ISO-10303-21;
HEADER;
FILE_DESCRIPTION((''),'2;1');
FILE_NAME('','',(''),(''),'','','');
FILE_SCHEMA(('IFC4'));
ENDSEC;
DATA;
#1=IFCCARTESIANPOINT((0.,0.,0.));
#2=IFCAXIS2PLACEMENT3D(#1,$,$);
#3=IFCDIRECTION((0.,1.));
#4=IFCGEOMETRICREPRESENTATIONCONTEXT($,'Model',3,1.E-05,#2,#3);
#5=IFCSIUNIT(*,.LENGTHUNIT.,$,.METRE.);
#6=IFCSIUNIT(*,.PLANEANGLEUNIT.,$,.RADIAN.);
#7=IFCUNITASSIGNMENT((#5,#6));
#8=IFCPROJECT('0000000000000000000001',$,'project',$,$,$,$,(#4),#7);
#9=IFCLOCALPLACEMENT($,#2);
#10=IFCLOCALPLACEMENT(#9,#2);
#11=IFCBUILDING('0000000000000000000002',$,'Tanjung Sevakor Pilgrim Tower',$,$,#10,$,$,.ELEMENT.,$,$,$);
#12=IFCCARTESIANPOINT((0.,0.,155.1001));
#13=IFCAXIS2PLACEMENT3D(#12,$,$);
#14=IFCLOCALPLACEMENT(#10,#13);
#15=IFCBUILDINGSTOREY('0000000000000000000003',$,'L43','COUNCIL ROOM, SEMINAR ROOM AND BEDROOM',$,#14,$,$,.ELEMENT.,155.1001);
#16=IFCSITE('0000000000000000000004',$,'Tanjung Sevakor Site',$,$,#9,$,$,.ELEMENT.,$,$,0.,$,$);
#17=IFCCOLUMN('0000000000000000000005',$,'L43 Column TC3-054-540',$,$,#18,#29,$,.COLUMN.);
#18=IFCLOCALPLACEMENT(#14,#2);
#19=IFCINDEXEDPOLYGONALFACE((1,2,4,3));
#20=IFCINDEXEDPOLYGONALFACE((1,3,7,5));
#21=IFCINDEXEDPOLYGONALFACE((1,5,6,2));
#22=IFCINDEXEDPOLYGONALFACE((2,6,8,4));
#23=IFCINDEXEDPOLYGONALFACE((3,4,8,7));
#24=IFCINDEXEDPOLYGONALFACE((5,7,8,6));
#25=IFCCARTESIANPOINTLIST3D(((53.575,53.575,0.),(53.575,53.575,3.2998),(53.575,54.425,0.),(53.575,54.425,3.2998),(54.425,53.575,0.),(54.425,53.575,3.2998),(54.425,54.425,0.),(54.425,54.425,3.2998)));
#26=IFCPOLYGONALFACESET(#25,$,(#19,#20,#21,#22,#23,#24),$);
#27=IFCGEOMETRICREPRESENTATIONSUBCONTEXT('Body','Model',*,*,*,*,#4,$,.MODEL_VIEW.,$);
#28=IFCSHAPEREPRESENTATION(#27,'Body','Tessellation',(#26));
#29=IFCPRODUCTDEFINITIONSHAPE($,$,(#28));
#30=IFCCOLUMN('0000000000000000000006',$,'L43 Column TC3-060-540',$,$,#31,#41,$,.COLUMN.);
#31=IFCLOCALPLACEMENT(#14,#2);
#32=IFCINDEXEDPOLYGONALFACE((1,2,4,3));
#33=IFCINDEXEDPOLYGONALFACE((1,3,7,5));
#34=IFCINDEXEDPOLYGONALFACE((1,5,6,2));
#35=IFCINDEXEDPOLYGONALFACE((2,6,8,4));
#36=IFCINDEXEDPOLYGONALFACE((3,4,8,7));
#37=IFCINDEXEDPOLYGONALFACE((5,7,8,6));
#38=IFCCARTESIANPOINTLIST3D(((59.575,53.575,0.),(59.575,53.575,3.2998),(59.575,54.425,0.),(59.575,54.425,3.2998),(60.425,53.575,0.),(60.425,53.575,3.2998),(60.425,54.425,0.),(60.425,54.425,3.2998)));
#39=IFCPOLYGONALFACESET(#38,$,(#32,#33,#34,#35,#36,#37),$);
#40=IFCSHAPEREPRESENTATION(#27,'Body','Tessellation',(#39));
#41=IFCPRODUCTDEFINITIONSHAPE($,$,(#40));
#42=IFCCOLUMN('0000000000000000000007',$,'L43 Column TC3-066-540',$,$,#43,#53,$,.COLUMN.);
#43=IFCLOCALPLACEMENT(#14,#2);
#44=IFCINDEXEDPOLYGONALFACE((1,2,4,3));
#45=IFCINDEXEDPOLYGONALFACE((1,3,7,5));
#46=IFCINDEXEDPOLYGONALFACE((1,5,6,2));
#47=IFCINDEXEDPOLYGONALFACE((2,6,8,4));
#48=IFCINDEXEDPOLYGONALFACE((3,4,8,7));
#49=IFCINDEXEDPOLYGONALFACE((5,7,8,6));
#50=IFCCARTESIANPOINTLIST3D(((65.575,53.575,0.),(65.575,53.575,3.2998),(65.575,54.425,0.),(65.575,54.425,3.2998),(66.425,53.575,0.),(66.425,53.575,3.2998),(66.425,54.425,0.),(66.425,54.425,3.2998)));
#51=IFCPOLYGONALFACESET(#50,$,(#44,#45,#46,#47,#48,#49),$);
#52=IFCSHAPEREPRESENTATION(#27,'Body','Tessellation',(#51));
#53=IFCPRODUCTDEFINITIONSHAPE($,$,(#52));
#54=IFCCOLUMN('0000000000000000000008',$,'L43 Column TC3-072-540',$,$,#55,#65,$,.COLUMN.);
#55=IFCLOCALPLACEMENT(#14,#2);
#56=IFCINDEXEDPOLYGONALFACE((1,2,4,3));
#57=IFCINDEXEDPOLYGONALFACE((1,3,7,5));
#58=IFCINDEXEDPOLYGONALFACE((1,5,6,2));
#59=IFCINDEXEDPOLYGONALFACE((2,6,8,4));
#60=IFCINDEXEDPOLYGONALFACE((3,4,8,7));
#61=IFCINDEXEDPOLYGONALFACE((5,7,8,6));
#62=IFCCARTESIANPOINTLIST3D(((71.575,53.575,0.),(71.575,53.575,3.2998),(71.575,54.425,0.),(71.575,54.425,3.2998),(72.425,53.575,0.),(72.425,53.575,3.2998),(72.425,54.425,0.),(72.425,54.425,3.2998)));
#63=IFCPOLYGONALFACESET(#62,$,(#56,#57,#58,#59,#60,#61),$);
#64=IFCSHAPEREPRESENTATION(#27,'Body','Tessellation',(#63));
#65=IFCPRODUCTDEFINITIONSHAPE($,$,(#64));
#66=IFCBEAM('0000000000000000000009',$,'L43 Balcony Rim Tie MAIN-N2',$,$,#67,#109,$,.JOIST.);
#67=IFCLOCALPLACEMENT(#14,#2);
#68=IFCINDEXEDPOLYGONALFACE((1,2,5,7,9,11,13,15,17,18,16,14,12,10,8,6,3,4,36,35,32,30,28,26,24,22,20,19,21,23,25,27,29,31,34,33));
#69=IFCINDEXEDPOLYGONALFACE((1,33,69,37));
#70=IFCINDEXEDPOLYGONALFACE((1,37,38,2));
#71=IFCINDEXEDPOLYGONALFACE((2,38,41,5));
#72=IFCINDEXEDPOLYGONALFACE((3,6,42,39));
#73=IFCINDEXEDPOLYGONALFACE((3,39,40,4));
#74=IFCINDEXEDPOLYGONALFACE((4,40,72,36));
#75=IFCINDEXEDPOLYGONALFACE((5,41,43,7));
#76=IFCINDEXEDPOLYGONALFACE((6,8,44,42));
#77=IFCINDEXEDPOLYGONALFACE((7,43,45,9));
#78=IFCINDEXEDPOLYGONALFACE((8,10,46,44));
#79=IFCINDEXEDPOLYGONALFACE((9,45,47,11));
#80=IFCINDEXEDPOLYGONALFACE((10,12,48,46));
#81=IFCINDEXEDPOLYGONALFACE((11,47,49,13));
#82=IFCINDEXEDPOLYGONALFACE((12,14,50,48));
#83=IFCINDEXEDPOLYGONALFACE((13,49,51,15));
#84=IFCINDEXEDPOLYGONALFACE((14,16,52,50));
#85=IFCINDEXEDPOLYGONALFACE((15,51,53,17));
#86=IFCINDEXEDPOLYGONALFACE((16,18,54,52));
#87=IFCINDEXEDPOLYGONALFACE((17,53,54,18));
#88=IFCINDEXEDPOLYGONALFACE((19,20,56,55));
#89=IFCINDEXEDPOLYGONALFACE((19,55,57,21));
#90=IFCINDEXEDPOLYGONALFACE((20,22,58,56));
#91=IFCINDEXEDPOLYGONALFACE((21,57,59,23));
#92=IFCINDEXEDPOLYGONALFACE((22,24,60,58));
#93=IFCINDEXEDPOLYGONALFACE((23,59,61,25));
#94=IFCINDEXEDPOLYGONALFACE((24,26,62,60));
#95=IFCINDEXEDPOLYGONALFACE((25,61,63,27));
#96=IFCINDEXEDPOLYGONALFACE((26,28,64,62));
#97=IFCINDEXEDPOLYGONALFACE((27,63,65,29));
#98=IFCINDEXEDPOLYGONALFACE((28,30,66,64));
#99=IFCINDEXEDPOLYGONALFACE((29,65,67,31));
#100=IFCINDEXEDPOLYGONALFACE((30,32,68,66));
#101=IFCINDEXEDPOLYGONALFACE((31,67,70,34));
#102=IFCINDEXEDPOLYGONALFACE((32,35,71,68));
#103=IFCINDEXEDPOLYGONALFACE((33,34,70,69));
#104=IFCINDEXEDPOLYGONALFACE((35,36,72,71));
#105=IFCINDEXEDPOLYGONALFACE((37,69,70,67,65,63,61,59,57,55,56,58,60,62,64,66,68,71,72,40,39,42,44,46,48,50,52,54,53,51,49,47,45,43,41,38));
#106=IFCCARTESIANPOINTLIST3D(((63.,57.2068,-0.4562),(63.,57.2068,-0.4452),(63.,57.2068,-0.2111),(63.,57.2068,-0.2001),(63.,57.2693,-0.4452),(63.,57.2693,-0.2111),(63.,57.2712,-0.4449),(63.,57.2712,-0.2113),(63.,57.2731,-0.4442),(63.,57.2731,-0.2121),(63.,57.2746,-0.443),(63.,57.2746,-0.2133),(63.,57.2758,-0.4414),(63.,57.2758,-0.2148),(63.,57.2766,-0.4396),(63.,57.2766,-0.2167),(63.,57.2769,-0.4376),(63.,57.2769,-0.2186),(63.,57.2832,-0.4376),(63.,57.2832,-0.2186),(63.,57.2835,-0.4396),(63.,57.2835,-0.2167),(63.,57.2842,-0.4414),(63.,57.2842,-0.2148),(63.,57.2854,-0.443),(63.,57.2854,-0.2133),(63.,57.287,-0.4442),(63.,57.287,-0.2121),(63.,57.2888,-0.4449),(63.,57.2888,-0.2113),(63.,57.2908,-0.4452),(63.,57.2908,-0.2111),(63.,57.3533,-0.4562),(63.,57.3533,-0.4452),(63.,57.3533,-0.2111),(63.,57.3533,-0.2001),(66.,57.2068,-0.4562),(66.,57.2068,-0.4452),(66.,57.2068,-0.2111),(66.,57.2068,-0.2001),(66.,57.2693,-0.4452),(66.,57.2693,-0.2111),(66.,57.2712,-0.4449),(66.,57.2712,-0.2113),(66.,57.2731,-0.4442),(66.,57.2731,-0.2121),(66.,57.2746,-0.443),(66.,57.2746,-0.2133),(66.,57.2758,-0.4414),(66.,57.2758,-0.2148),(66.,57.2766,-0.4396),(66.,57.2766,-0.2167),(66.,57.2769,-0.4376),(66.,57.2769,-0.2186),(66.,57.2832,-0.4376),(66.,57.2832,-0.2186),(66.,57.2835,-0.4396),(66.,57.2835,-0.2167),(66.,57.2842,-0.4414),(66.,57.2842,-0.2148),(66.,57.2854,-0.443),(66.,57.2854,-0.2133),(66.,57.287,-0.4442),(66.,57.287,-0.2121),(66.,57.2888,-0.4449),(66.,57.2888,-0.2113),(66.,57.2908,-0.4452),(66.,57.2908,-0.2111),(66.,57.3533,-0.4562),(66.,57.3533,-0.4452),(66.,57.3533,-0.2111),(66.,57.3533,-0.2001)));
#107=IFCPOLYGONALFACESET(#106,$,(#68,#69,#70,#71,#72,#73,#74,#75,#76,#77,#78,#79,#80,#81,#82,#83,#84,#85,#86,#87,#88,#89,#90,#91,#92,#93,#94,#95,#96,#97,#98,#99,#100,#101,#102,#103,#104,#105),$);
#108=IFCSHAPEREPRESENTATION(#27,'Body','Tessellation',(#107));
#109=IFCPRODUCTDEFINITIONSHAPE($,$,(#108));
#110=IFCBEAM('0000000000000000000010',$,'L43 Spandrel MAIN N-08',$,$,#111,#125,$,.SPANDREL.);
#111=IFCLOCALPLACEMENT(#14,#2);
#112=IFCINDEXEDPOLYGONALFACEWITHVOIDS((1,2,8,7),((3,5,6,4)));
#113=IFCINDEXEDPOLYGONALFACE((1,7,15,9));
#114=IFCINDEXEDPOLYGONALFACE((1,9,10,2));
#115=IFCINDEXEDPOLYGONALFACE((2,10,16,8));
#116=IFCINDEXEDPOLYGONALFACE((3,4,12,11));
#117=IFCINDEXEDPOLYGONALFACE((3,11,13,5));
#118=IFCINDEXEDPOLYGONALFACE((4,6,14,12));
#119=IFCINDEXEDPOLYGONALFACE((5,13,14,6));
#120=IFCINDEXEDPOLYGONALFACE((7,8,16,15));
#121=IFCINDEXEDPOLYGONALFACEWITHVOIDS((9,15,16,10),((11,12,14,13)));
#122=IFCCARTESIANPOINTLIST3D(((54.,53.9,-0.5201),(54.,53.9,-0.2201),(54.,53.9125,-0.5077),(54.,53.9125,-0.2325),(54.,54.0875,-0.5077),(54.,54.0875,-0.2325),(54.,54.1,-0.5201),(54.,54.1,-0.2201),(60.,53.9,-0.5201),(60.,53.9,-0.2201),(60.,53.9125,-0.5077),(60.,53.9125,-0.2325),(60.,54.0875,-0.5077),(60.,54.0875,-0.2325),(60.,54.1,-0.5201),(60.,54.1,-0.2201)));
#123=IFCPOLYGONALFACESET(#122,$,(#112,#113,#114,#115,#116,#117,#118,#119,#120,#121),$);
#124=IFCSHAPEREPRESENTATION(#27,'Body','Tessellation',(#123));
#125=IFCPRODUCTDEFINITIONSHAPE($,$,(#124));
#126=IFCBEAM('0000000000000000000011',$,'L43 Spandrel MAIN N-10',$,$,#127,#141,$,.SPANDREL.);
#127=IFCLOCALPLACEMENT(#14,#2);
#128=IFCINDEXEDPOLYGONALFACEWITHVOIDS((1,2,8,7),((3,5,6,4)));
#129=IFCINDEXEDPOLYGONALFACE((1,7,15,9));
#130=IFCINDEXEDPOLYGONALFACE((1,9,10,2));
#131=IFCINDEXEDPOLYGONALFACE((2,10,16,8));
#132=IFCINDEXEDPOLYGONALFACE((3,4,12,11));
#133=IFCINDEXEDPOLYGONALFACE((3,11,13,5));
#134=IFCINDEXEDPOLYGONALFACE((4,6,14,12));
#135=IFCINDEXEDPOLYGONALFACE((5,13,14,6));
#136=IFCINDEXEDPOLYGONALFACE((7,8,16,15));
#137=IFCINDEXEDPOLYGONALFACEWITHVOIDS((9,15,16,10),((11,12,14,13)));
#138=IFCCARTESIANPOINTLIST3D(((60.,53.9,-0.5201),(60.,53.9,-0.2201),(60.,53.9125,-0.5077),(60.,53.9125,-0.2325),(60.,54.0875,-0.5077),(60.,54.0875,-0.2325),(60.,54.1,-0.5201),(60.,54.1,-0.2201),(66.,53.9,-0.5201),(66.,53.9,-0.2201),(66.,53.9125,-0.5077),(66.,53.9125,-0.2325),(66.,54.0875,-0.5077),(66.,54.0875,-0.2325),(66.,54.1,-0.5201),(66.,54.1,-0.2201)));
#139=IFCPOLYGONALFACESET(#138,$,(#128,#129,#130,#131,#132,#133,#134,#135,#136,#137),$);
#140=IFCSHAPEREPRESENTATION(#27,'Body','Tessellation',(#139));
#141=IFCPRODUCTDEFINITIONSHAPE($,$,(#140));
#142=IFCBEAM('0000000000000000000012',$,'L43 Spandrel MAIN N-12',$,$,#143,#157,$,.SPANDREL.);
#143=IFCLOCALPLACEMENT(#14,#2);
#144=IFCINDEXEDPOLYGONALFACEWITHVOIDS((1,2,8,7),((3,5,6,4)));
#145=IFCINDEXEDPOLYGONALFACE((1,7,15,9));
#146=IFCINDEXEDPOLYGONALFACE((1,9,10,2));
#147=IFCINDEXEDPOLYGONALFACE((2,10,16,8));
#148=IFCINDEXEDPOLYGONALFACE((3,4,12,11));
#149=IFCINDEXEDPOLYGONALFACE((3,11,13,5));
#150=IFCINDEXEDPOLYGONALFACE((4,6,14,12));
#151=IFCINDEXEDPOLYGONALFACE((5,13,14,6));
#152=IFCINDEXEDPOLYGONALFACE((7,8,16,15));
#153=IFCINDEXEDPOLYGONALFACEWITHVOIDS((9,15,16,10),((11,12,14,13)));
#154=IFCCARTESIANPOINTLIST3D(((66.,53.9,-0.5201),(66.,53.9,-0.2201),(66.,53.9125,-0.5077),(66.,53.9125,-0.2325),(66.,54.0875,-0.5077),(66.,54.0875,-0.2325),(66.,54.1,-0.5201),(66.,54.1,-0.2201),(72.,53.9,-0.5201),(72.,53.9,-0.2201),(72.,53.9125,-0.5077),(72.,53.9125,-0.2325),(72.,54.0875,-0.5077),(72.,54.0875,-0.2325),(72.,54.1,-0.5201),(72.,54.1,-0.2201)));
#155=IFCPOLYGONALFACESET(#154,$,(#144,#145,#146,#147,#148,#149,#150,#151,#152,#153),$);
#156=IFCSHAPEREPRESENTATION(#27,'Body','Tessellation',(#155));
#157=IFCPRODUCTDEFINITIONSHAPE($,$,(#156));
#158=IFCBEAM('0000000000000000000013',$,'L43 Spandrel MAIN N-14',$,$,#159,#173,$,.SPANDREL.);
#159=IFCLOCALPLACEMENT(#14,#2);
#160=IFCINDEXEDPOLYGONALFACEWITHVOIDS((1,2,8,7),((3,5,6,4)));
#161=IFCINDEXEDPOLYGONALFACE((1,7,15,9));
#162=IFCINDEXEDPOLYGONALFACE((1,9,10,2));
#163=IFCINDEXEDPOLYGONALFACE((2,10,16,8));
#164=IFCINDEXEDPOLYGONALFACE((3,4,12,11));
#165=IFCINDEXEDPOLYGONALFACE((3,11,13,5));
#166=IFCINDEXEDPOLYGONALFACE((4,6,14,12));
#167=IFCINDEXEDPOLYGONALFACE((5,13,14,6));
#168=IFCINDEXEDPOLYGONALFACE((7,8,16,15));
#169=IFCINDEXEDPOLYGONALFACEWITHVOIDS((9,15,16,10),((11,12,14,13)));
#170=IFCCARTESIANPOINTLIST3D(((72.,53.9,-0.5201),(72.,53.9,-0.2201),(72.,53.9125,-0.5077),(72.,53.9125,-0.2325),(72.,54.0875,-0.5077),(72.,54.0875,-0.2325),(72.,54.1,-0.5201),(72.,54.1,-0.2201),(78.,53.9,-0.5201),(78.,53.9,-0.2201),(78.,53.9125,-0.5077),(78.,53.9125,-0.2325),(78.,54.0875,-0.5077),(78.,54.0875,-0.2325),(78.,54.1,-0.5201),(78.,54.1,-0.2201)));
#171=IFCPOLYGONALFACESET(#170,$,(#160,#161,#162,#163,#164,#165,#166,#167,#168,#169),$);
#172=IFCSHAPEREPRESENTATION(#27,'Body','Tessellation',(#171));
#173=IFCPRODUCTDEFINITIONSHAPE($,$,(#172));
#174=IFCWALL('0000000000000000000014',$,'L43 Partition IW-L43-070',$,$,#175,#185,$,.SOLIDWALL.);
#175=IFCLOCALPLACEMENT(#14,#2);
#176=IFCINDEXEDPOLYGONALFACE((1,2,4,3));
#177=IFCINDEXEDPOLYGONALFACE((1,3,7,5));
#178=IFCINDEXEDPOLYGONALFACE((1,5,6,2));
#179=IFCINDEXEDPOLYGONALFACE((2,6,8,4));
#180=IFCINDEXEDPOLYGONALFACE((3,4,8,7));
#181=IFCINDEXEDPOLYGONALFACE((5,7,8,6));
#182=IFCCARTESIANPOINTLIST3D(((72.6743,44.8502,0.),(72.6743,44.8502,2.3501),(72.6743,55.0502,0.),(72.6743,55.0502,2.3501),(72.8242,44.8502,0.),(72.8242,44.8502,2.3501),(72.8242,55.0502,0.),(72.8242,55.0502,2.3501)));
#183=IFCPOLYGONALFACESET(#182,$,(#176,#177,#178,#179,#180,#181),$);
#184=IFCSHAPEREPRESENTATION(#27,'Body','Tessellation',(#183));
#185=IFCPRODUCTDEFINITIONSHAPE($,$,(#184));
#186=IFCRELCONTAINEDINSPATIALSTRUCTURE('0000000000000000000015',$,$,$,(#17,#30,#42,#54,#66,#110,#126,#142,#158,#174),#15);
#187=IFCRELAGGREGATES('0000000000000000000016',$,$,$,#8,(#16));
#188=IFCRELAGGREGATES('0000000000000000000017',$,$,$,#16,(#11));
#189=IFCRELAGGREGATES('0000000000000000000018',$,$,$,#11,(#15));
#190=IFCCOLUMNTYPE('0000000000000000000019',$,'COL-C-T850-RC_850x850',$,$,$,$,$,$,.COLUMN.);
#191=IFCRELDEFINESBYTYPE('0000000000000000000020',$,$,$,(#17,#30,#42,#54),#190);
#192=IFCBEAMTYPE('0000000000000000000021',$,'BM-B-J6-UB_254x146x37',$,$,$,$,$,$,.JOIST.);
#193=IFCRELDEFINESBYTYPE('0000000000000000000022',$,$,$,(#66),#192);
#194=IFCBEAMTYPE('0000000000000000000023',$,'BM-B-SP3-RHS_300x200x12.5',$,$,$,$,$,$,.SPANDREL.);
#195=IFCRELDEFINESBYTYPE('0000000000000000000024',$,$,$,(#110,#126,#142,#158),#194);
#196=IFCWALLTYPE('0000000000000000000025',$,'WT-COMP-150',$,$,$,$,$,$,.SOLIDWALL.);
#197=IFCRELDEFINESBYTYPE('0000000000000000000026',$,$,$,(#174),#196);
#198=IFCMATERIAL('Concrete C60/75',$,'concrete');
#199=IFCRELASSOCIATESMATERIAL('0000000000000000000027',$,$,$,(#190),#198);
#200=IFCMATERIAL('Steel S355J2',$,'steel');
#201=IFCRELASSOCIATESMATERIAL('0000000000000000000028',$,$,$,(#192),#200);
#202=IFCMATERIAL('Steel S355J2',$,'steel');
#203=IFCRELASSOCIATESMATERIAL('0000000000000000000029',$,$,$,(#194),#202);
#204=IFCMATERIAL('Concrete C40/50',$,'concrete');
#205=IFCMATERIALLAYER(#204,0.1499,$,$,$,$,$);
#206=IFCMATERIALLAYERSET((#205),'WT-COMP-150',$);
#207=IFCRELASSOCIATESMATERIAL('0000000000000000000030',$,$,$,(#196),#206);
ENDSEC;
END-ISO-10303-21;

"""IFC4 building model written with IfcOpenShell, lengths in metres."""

from ifc_helpers import new_model, si_unit, direction, frame, frame_2d, origin, origin_2d, place, context, subcontext, project, spatial, rectangle, hollow_rectangle, i_section, extrude, material, layer, layer_set, material_profile, profile_set, type_object, element, save


model = new_model("IFC4")

# Units and contexts
model_context = context("Model", 3, precision=1e-05, world=origin(), true_north=direction((0.0, 1.0)))
body_context = subcontext(model_context, "Body", "Model", "MODEL_VIEW")
ifc_project = project(units=[si_unit("LENGTHUNIT", "METRE"), si_unit("PLANEANGLEUNIT", "RADIAN")], contexts=[model_context])

# Site, building, storey
site_placement = place(None, origin())
site = spatial("IfcSite", under=ifc_project, at=site_placement, Name="Tanjung Sevakor Site", CompositionType="ELEMENT", RefElevation=0.0)
building_placement = place(site_placement, origin())
building = spatial("IfcBuilding", under=site, at=building_placement, Name="Tanjung Sevakor Pilgrim Tower", CompositionType="ELEMENT")
storey_placement = place(building_placement, frame((0.0, 0.0, 155.1001)))
storey = spatial("IfcBuildingStorey", under=building, at=storey_placement, Name="L43", Description="COUNCIL ROOM, SEMINAR ROOM AND BEDROOM", CompositionType="ELEMENT", Elevation=155.1001)

# Columns
ifc_material_1 = material(Name="Concrete C60/75", Category="concrete")
ifc_material_profile_1 = material_profile(ifc_material_1, rectangle(XDim=0.8501, YDim=0.8501, at=origin_2d()))
ifc_profile_set_1 = profile_set([ifc_material_profile_1], Name="Concrete C60/75")
column_type = type_object("IfcColumnType", Name="COL-C-T850-RC_850x850", PredefinedType="COLUMN", material=ifc_profile_set_1)
for number, where, z_axis, x_axis, name in (
    (1, (54.0, 54.0, 0.0), (0.0, 0.0, 1.0), (1.0, 0.0, 0.0), "L43 Column TC3-054-540"),
    (2, (60.0, 54.0, 0.0), (0.0, 0.0, 1.0), (1.0, 0.0, 0.0), "L43 Column TC3-060-540"),
    (3, (66.0, 54.0, 0.0), (0.0, 0.0, 1.0), (1.0, 0.0, 0.0), "L43 Column TC3-066-540"),
    (4, (72.0, 54.0, 0.0), (0.0, 0.0, 1.0), (1.0, 0.0, 0.0), "L43 Column TC3-072-540"),
):
    element("IfcColumn", number, at=place(storey_placement, frame(where, z_axis=z_axis, x_axis=x_axis)), inside=storey, type_object=column_type, Name=name, PredefinedType="COLUMN", context=body_context, shape_type="SweptSolid", body=[
        extrude(rectangle(XDim=0.8501, YDim=0.8501, at=origin_2d()), origin(), (0.0, 0.0, 1.0), 3.2998),
    ])

# Beams
ifc_material_2 = material(Name="Steel S355J2", Category="steel")
ifc_material_profile_2 = material_profile(ifc_material_2, i_section(OverallWidth=0.1465, OverallDepth=0.2561, WebThickness=0.0063, FlangeThickness=0.011, FilletRadius=0.0076, at=origin_2d()))
ifc_profile_set_2 = profile_set([ifc_material_profile_2], Name="Steel S355J2")
beam_type_1 = type_object("IfcBeamType", Name="BM-B-J6-UB_254x146x37", PredefinedType="JOIST", material=ifc_profile_set_2)
beam_placement = place(storey_placement, frame((63.0, 57.28, -0.3281), z_axis=(1.0, 0.0, 0.0), x_axis=(0.0, 1.0, 0.0)))
element("IfcBeam", 5, at=beam_placement, inside=storey, type_object=beam_type_1, Name="L43 Balcony Rim Tie MAIN-N2", PredefinedType="JOIST", context=body_context, shape_type="SweptSolid", body=[
    extrude(i_section(OverallWidth=0.1465, OverallDepth=0.2561, WebThickness=0.0063, FlangeThickness=0.011, FilletRadius=0.0076, at=origin_2d()), origin(), (0.0, 0.0, 1.0), 3.0),
])
ifc_material_3 = material(Name="Steel S355J2", Category="steel")
ifc_material_profile_3 = material_profile(ifc_material_3, hollow_rectangle(XDim=0.2, YDim=0.3, WallThickness=0.0125, at=origin_2d()))
ifc_profile_set_3 = profile_set([ifc_material_profile_3], Name="Steel S355J2")
beam_type_2 = type_object("IfcBeamType", Name="BM-B-SP3-RHS_300x200x12.5", PredefinedType="SPANDREL", material=ifc_profile_set_3)
for number, where, z_axis, x_axis, name in (
    (6, (54.0, 54.0, -0.3701), (1.0, 0.0, 0.0), (0.0, 1.0, 0.0), "L43 Spandrel MAIN N-08"),
    (7, (60.0, 54.0, -0.3701), (1.0, 0.0, 0.0), (0.0, 1.0, 0.0), "L43 Spandrel MAIN N-10"),
    (8, (66.0, 54.0, -0.3701), (1.0, 0.0, 0.0), (0.0, 1.0, 0.0), "L43 Spandrel MAIN N-12"),
    (9, (72.0, 54.0, -0.3701), (1.0, 0.0, 0.0), (0.0, 1.0, 0.0), "L43 Spandrel MAIN N-14"),
):
    element("IfcBeam", number, at=place(storey_placement, frame(where, z_axis=z_axis, x_axis=x_axis)), inside=storey, type_object=beam_type_2, Name=name, PredefinedType="SPANDREL", context=body_context, shape_type="SweptSolid", body=[
        extrude(hollow_rectangle(XDim=0.2, YDim=0.3, WallThickness=0.0125, at=origin_2d()), origin(), (0.0, 0.0, 1.0), 6.0),
    ])

# Wall
ifc_material_4 = material(Name="Concrete C40/50", Category="concrete")
ifc_layer_1 = layer(ifc_material_4, 0.1499)
ifc_layer_set_1 = layer_set([ifc_layer_1], Name="WT-COMP-150")
wall_type_1 = type_object("IfcWallType", Name="WT-COMP-150", PredefinedType="SOLIDWALL", material=ifc_layer_set_1)
wall_1_placement = place(storey_placement, frame((72.7493, 44.8501, 0.0), z_axis=(0.0, 0.0, 1.0), x_axis=(0.0, 1.0, 0.0)))
element("IfcWall", 10, at=wall_1_placement, inside=storey, type_object=wall_type_1, Name="L43 Partition IW-L43-070", PredefinedType="SOLIDWALL", context=body_context, shape_type="SweptSolid", body=[
    extrude(rectangle(XDim=10.2, YDim=0.1499, at=frame_2d((5.1001, 0.0))), origin(), (0.0, 0.0, 1.0), 2.3501),
])

save(model, "model.ifc")
